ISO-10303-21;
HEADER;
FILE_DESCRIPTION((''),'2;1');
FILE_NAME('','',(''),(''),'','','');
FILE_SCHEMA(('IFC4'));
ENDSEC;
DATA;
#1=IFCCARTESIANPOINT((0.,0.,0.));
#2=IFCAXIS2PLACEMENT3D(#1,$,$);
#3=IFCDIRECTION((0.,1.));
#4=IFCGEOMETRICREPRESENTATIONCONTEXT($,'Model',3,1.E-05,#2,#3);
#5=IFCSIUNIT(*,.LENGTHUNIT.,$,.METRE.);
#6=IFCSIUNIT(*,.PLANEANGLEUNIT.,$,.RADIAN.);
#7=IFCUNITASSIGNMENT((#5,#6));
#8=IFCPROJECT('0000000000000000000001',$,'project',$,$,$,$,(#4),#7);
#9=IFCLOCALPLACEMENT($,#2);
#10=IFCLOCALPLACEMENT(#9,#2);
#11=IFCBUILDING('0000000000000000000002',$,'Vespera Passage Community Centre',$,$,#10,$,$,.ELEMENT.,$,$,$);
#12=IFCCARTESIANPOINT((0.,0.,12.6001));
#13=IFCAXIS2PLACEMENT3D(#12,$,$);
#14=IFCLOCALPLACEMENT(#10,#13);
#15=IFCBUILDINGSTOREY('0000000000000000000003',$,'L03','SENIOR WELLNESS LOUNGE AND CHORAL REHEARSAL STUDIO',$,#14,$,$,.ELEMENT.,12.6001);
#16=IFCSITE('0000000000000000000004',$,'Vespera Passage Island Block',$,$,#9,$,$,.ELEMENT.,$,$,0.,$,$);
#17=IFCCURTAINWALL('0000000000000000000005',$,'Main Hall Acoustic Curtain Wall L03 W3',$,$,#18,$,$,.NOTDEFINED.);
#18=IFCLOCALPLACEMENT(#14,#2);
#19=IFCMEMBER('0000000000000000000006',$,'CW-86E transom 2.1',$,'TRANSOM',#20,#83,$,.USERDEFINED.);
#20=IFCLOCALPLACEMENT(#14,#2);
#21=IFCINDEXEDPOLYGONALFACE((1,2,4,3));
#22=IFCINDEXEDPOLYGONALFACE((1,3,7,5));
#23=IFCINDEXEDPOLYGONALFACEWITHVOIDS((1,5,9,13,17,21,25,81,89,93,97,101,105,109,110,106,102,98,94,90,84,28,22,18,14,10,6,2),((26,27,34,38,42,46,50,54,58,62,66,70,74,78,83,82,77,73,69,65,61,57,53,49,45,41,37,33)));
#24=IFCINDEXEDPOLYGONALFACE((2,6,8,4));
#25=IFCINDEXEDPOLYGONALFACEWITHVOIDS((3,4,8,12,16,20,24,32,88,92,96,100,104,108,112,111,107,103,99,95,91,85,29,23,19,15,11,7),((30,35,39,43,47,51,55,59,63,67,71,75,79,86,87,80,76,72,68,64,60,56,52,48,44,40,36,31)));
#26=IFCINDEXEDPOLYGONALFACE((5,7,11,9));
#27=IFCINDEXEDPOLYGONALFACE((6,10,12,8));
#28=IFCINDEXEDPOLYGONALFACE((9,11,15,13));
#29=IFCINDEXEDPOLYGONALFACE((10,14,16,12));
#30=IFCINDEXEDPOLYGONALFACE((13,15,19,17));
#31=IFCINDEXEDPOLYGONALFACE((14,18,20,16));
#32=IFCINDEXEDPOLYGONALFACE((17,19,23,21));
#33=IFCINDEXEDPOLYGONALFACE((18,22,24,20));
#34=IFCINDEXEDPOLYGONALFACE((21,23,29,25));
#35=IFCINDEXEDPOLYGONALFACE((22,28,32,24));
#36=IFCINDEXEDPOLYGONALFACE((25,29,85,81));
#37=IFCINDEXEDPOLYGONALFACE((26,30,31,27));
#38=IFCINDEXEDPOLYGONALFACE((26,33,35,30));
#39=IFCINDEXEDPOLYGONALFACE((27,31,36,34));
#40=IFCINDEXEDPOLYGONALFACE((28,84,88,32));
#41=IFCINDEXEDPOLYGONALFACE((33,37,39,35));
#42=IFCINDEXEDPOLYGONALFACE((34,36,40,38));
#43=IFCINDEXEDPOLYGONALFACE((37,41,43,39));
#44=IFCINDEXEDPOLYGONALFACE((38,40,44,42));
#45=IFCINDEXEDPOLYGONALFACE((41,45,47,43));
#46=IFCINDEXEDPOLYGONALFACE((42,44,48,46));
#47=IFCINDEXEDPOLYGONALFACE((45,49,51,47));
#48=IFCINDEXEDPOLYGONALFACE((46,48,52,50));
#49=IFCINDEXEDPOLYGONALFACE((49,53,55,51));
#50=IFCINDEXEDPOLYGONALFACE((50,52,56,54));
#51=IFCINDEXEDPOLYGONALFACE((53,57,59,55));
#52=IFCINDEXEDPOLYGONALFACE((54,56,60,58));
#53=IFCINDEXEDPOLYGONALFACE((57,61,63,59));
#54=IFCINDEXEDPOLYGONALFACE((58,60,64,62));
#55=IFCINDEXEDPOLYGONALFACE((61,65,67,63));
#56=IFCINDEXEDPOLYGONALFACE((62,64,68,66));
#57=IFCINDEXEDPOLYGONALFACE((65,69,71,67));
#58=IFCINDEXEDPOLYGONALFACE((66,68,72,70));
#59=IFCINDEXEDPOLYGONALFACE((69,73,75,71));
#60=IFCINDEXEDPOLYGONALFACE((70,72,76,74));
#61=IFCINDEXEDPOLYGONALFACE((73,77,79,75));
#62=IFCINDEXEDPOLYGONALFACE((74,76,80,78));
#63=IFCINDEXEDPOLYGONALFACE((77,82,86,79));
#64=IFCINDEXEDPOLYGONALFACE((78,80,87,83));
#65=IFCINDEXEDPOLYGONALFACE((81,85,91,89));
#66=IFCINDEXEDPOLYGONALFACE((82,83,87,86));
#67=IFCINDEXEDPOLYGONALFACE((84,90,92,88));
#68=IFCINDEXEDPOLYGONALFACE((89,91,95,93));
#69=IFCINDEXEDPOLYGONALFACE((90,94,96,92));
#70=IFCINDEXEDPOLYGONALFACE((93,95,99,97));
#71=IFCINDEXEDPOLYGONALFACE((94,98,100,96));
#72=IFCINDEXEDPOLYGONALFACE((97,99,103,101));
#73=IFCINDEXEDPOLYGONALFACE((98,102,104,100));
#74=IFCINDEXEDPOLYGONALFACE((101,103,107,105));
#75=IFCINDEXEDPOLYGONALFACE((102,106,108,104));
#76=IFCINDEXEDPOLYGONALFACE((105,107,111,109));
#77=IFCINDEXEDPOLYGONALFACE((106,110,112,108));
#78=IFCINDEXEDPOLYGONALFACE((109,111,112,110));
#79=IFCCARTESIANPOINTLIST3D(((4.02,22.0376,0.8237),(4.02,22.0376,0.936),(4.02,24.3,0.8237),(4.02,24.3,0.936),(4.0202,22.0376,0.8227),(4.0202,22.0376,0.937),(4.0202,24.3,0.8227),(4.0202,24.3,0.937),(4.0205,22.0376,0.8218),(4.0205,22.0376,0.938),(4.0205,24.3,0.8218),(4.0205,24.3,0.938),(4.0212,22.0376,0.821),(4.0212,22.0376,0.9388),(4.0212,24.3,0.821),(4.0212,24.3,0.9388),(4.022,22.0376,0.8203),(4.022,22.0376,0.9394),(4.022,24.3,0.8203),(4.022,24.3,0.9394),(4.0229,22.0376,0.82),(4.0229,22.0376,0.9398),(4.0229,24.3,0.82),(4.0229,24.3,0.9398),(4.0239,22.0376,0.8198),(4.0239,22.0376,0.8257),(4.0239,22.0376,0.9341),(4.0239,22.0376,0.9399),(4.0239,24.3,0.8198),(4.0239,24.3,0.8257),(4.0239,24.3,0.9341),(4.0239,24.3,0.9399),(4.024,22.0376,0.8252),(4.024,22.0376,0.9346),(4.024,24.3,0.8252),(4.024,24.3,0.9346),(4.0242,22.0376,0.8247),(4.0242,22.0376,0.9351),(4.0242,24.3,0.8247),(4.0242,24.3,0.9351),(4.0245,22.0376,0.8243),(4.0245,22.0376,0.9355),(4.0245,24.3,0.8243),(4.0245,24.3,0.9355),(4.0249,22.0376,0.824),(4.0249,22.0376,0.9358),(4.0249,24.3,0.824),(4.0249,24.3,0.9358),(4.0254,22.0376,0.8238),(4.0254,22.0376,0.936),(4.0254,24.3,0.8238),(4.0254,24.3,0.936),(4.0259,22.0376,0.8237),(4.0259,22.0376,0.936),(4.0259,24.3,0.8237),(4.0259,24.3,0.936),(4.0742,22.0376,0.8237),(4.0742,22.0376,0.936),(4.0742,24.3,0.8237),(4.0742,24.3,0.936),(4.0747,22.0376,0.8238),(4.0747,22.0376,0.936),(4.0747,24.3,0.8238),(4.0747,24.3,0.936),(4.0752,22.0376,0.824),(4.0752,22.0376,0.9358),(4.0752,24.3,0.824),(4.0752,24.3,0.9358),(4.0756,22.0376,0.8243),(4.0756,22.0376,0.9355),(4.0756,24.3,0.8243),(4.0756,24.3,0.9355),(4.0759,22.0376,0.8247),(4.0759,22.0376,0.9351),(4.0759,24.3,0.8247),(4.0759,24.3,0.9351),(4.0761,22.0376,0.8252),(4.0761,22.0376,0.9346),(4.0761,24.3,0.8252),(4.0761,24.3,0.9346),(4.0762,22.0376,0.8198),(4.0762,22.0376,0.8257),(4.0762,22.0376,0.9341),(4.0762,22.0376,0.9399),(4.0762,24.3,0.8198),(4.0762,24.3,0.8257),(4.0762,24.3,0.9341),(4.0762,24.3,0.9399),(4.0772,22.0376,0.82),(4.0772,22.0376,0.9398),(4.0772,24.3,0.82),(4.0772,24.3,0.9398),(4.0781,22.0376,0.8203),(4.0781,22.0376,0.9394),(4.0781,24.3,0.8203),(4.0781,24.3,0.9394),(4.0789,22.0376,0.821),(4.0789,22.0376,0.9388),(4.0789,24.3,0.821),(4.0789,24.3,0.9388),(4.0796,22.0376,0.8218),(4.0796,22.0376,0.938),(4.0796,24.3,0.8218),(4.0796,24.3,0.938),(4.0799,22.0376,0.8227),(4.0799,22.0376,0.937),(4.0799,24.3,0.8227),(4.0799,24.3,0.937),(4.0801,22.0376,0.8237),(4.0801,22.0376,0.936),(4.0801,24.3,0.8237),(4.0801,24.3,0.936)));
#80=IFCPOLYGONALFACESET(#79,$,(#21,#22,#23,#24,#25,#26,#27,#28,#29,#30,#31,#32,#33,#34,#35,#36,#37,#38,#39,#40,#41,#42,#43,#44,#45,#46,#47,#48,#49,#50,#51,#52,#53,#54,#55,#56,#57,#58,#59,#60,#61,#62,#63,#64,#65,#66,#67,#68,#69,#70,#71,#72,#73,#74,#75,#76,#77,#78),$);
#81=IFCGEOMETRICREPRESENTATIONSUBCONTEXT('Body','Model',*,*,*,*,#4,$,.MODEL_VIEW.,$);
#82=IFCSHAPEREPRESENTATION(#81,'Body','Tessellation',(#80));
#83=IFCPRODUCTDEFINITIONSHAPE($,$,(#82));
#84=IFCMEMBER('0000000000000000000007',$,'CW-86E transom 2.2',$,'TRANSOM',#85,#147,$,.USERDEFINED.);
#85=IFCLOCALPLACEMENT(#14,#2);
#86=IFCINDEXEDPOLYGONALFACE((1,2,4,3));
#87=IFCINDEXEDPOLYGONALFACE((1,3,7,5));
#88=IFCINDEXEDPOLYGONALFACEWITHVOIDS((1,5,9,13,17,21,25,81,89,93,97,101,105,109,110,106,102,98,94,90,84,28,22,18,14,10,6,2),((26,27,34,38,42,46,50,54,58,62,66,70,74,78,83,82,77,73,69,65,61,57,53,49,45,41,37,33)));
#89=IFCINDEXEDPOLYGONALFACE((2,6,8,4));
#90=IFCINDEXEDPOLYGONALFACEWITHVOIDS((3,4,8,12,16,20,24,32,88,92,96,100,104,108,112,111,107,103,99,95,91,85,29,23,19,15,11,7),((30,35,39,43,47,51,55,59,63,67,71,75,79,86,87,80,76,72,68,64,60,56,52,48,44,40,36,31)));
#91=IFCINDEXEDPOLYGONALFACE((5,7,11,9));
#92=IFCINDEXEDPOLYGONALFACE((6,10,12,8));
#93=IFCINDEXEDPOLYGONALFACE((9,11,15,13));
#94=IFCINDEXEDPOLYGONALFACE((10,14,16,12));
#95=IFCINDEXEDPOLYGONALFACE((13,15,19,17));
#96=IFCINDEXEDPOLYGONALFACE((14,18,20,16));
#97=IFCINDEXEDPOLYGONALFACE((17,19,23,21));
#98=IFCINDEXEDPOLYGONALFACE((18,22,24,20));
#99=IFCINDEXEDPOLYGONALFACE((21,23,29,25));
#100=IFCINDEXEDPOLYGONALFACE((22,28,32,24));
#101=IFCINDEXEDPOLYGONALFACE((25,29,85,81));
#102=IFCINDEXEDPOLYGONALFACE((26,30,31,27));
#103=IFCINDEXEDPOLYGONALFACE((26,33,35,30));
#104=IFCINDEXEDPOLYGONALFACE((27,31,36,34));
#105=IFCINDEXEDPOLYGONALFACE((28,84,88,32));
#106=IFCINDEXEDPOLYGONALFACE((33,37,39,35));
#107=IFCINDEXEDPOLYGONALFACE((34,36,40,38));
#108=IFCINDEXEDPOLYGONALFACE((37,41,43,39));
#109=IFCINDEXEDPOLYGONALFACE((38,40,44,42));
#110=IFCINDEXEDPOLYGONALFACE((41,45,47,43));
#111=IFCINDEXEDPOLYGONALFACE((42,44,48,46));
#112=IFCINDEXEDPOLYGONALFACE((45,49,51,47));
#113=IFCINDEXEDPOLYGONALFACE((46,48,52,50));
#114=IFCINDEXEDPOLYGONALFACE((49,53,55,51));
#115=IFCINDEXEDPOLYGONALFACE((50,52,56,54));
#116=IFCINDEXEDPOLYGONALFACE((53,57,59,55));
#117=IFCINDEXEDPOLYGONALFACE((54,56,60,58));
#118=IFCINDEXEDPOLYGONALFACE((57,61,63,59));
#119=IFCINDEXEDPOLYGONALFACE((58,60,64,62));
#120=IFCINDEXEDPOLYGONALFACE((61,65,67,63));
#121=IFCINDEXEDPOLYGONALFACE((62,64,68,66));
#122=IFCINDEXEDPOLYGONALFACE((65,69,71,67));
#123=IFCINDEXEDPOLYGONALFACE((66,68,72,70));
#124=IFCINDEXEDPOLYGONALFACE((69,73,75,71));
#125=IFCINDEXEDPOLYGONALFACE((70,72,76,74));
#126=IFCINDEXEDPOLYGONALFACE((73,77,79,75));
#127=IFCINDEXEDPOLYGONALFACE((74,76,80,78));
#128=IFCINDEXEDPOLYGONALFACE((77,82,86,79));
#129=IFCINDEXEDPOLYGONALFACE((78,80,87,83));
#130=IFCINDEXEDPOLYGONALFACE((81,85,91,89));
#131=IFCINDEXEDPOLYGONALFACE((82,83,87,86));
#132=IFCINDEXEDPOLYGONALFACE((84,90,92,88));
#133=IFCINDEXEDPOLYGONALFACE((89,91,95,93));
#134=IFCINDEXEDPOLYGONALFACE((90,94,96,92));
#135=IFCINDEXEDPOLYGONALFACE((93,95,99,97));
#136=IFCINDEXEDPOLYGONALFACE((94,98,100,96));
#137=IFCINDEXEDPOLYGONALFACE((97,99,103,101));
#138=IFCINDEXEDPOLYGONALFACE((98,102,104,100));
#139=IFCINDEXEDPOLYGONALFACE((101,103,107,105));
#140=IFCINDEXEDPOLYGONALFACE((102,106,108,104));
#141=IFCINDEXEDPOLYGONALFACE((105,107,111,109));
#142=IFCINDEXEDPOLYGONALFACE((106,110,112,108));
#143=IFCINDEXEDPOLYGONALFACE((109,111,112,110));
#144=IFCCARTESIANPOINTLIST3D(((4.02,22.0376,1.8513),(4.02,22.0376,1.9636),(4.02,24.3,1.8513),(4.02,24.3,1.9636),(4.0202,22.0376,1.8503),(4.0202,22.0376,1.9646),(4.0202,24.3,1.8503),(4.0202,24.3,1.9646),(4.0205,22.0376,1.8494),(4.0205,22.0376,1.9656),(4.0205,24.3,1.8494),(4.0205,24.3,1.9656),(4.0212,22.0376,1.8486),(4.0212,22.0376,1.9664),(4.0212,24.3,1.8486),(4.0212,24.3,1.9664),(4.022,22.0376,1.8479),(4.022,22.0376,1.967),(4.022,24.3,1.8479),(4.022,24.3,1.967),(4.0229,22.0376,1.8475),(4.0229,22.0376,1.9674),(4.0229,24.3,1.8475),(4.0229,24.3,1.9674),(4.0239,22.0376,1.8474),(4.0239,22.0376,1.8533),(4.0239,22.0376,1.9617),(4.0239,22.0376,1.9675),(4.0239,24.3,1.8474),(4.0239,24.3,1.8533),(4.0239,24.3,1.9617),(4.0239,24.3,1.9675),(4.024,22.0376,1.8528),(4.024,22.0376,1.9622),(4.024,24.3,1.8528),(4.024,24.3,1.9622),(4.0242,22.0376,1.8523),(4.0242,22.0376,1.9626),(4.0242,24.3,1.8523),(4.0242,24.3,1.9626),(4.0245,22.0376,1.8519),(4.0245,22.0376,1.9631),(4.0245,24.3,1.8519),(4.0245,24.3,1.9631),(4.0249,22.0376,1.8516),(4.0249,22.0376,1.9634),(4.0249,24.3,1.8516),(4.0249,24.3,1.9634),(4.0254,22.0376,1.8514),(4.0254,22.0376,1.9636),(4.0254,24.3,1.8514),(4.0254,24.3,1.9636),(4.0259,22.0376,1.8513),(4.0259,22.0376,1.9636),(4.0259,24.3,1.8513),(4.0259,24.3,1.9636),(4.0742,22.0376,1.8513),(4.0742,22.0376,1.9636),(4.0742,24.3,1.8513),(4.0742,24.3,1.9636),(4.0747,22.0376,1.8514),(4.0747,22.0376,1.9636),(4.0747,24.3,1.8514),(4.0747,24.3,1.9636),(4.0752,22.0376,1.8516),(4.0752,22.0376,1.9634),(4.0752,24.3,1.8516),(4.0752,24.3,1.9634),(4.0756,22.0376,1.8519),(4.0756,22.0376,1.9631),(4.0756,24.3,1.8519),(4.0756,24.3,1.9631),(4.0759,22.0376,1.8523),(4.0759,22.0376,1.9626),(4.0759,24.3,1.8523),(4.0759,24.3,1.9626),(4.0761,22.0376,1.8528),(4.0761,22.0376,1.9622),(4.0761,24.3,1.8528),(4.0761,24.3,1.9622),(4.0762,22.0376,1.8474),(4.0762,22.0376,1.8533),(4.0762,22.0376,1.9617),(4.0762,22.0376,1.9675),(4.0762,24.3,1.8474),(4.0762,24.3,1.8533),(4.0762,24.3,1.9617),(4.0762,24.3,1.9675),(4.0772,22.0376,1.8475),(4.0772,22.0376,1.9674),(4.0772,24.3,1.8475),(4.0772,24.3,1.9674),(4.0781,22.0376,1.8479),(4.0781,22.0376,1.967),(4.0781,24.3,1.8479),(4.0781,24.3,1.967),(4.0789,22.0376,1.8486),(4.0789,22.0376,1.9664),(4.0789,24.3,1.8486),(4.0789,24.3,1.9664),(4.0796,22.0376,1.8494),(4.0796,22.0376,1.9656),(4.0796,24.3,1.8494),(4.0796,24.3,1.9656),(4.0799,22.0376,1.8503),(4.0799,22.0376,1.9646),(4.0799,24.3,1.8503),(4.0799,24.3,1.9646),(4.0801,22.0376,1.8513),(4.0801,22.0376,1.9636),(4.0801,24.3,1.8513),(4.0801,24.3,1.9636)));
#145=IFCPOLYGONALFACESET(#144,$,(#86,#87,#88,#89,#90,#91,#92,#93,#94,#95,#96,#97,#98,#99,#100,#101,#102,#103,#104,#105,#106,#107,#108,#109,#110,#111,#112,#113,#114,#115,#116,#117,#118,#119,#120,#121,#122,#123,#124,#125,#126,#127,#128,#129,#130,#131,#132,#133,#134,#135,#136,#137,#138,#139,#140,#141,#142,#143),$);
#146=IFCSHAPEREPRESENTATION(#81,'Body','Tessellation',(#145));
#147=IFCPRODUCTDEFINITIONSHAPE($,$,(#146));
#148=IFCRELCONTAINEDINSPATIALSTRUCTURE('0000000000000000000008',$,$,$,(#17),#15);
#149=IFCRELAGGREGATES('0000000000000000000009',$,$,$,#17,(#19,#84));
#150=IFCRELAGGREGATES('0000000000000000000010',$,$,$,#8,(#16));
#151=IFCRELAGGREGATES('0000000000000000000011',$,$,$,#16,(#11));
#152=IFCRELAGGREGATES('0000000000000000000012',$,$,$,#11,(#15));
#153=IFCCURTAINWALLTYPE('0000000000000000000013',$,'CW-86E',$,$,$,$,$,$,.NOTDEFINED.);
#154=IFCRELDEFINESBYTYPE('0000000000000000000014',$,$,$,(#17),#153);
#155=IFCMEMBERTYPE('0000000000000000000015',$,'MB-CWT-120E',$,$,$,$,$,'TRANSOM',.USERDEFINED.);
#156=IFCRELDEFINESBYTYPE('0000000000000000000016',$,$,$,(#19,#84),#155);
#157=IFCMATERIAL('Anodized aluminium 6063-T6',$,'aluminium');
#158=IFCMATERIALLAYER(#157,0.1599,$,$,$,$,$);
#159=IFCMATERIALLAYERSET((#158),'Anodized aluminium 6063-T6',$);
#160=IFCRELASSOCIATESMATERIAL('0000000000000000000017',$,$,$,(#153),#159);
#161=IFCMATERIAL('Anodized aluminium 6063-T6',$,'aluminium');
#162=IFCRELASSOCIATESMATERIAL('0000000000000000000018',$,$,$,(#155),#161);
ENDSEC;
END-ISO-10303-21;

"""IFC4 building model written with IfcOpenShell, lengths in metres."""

from ifc_helpers import new_model, si_unit, direction, frame, origin, origin_2d, place, context, subcontext, project, spatial, hollow_rectangle, extrude, material, layer, layer_set, material_profile, profile_set, type_object, element, aggregate, save


model = new_model("IFC4")

# Units and contexts
model_context = context("Model", 3, precision=1e-05, world=origin(), true_north=direction((0.0, 1.0)))
body_context = subcontext(model_context, "Body", "Model", "MODEL_VIEW")
ifc_project = project(units=[si_unit("LENGTHUNIT", "METRE"), si_unit("PLANEANGLEUNIT", "RADIAN")], contexts=[model_context])

# Site, building, storey
site_placement = place(None, origin())
site = spatial("IfcSite", under=ifc_project, at=site_placement, Name="Vespera Passage Island Block", CompositionType="ELEMENT", RefElevation=0.0)
building_placement = place(site_placement, origin())
building = spatial("IfcBuilding", under=site, at=building_placement, Name="Vespera Passage Community Centre", CompositionType="ELEMENT")
storey_placement = place(building_placement, frame((0.0, 0.0, 12.6001)))
storey = spatial("IfcBuildingStorey", under=building, at=storey_placement, Name="L03", Description="SENIOR WELLNESS LOUNGE AND CHORAL REHEARSAL STUDIO", CompositionType="ELEMENT", Elevation=12.6001)

# Shared definitions
ifc_material_1 = material(Name="Anodized aluminium 6063-T6", Category="aluminium")
ifc_layer_1 = layer(ifc_material_1, 0.1599)
ifc_layer_set_1 = layer_set([ifc_layer_1], Name="Anodized aluminium 6063-T6")
curtain_wall_type = type_object("IfcCurtainWallType", Name="CW-86E", PredefinedType="NOTDEFINED", material=ifc_layer_set_1)

# Curtain wall, members
curtain_wall_1_placement = place(storey_placement, origin())
curtain_wall_1 = element("IfcCurtainWall", 1, at=curtain_wall_1_placement, inside=storey, type_object=curtain_wall_type, Name="Main Hall Acoustic Curtain Wall L03 W3", PredefinedType="NOTDEFINED")
ifc_material_2 = material(Name="Anodized aluminium 6063-T6", Category="aluminium")
ifc_material_profile_1 = material_profile(ifc_material_2, hollow_rectangle(XDim=0.0601, YDim=0.1201, WallThickness=0.0039, InnerFilletRadius=0.002, OuterFilletRadius=0.0039, at=origin_2d()), Name="ALU120X60X4")
ifc_profile_set_1 = profile_set([ifc_material_profile_1], Name="Anodized aluminium 6063-T6")
member_type_1 = type_object("IfcMemberType", Name="MB-CWT-120E", ElementType="TRANSOM", PredefinedType="USERDEFINED", material=ifc_profile_set_1)
member_1_placement = place(storey_placement, frame((4.05, 22.0376, 0.8799), z_axis=(0.0, 1.0, 0.0), x_axis=(-1.0, 0.0, 0.0)))
member_1 = element("IfcMember", 2, at=member_1_placement, type_object=member_type_1, Name="CW-86E transom 2.1", ObjectType="TRANSOM", PredefinedType="USERDEFINED", context=body_context, shape_type="SweptSolid", body=[
    extrude(hollow_rectangle(XDim=0.0601, YDim=0.1201, WallThickness=0.0039, InnerFilletRadius=0.002, OuterFilletRadius=0.0039, at=origin_2d()), origin(), (0.0, 0.0, 1.0), 2.2625),
])
member_2_placement = place(storey_placement, frame((4.05, 22.0376, 1.9075), z_axis=(0.0, 1.0, 0.0), x_axis=(-1.0, 0.0, 0.0)))
member_2 = element("IfcMember", 3, at=member_2_placement, type_object=member_type_1, Name="CW-86E transom 2.2", ObjectType="TRANSOM", PredefinedType="USERDEFINED", context=body_context, shape_type="SweptSolid", body=[
    extrude(hollow_rectangle(XDim=0.0601, YDim=0.1201, WallThickness=0.0039, InnerFilletRadius=0.002, OuterFilletRadius=0.0039, at=origin_2d()), origin(), (0.0, 0.0, 1.0), 2.2625),
])

aggregate(curtain_wall_1, [member_1, member_2])

save(model, "model.ifc")
